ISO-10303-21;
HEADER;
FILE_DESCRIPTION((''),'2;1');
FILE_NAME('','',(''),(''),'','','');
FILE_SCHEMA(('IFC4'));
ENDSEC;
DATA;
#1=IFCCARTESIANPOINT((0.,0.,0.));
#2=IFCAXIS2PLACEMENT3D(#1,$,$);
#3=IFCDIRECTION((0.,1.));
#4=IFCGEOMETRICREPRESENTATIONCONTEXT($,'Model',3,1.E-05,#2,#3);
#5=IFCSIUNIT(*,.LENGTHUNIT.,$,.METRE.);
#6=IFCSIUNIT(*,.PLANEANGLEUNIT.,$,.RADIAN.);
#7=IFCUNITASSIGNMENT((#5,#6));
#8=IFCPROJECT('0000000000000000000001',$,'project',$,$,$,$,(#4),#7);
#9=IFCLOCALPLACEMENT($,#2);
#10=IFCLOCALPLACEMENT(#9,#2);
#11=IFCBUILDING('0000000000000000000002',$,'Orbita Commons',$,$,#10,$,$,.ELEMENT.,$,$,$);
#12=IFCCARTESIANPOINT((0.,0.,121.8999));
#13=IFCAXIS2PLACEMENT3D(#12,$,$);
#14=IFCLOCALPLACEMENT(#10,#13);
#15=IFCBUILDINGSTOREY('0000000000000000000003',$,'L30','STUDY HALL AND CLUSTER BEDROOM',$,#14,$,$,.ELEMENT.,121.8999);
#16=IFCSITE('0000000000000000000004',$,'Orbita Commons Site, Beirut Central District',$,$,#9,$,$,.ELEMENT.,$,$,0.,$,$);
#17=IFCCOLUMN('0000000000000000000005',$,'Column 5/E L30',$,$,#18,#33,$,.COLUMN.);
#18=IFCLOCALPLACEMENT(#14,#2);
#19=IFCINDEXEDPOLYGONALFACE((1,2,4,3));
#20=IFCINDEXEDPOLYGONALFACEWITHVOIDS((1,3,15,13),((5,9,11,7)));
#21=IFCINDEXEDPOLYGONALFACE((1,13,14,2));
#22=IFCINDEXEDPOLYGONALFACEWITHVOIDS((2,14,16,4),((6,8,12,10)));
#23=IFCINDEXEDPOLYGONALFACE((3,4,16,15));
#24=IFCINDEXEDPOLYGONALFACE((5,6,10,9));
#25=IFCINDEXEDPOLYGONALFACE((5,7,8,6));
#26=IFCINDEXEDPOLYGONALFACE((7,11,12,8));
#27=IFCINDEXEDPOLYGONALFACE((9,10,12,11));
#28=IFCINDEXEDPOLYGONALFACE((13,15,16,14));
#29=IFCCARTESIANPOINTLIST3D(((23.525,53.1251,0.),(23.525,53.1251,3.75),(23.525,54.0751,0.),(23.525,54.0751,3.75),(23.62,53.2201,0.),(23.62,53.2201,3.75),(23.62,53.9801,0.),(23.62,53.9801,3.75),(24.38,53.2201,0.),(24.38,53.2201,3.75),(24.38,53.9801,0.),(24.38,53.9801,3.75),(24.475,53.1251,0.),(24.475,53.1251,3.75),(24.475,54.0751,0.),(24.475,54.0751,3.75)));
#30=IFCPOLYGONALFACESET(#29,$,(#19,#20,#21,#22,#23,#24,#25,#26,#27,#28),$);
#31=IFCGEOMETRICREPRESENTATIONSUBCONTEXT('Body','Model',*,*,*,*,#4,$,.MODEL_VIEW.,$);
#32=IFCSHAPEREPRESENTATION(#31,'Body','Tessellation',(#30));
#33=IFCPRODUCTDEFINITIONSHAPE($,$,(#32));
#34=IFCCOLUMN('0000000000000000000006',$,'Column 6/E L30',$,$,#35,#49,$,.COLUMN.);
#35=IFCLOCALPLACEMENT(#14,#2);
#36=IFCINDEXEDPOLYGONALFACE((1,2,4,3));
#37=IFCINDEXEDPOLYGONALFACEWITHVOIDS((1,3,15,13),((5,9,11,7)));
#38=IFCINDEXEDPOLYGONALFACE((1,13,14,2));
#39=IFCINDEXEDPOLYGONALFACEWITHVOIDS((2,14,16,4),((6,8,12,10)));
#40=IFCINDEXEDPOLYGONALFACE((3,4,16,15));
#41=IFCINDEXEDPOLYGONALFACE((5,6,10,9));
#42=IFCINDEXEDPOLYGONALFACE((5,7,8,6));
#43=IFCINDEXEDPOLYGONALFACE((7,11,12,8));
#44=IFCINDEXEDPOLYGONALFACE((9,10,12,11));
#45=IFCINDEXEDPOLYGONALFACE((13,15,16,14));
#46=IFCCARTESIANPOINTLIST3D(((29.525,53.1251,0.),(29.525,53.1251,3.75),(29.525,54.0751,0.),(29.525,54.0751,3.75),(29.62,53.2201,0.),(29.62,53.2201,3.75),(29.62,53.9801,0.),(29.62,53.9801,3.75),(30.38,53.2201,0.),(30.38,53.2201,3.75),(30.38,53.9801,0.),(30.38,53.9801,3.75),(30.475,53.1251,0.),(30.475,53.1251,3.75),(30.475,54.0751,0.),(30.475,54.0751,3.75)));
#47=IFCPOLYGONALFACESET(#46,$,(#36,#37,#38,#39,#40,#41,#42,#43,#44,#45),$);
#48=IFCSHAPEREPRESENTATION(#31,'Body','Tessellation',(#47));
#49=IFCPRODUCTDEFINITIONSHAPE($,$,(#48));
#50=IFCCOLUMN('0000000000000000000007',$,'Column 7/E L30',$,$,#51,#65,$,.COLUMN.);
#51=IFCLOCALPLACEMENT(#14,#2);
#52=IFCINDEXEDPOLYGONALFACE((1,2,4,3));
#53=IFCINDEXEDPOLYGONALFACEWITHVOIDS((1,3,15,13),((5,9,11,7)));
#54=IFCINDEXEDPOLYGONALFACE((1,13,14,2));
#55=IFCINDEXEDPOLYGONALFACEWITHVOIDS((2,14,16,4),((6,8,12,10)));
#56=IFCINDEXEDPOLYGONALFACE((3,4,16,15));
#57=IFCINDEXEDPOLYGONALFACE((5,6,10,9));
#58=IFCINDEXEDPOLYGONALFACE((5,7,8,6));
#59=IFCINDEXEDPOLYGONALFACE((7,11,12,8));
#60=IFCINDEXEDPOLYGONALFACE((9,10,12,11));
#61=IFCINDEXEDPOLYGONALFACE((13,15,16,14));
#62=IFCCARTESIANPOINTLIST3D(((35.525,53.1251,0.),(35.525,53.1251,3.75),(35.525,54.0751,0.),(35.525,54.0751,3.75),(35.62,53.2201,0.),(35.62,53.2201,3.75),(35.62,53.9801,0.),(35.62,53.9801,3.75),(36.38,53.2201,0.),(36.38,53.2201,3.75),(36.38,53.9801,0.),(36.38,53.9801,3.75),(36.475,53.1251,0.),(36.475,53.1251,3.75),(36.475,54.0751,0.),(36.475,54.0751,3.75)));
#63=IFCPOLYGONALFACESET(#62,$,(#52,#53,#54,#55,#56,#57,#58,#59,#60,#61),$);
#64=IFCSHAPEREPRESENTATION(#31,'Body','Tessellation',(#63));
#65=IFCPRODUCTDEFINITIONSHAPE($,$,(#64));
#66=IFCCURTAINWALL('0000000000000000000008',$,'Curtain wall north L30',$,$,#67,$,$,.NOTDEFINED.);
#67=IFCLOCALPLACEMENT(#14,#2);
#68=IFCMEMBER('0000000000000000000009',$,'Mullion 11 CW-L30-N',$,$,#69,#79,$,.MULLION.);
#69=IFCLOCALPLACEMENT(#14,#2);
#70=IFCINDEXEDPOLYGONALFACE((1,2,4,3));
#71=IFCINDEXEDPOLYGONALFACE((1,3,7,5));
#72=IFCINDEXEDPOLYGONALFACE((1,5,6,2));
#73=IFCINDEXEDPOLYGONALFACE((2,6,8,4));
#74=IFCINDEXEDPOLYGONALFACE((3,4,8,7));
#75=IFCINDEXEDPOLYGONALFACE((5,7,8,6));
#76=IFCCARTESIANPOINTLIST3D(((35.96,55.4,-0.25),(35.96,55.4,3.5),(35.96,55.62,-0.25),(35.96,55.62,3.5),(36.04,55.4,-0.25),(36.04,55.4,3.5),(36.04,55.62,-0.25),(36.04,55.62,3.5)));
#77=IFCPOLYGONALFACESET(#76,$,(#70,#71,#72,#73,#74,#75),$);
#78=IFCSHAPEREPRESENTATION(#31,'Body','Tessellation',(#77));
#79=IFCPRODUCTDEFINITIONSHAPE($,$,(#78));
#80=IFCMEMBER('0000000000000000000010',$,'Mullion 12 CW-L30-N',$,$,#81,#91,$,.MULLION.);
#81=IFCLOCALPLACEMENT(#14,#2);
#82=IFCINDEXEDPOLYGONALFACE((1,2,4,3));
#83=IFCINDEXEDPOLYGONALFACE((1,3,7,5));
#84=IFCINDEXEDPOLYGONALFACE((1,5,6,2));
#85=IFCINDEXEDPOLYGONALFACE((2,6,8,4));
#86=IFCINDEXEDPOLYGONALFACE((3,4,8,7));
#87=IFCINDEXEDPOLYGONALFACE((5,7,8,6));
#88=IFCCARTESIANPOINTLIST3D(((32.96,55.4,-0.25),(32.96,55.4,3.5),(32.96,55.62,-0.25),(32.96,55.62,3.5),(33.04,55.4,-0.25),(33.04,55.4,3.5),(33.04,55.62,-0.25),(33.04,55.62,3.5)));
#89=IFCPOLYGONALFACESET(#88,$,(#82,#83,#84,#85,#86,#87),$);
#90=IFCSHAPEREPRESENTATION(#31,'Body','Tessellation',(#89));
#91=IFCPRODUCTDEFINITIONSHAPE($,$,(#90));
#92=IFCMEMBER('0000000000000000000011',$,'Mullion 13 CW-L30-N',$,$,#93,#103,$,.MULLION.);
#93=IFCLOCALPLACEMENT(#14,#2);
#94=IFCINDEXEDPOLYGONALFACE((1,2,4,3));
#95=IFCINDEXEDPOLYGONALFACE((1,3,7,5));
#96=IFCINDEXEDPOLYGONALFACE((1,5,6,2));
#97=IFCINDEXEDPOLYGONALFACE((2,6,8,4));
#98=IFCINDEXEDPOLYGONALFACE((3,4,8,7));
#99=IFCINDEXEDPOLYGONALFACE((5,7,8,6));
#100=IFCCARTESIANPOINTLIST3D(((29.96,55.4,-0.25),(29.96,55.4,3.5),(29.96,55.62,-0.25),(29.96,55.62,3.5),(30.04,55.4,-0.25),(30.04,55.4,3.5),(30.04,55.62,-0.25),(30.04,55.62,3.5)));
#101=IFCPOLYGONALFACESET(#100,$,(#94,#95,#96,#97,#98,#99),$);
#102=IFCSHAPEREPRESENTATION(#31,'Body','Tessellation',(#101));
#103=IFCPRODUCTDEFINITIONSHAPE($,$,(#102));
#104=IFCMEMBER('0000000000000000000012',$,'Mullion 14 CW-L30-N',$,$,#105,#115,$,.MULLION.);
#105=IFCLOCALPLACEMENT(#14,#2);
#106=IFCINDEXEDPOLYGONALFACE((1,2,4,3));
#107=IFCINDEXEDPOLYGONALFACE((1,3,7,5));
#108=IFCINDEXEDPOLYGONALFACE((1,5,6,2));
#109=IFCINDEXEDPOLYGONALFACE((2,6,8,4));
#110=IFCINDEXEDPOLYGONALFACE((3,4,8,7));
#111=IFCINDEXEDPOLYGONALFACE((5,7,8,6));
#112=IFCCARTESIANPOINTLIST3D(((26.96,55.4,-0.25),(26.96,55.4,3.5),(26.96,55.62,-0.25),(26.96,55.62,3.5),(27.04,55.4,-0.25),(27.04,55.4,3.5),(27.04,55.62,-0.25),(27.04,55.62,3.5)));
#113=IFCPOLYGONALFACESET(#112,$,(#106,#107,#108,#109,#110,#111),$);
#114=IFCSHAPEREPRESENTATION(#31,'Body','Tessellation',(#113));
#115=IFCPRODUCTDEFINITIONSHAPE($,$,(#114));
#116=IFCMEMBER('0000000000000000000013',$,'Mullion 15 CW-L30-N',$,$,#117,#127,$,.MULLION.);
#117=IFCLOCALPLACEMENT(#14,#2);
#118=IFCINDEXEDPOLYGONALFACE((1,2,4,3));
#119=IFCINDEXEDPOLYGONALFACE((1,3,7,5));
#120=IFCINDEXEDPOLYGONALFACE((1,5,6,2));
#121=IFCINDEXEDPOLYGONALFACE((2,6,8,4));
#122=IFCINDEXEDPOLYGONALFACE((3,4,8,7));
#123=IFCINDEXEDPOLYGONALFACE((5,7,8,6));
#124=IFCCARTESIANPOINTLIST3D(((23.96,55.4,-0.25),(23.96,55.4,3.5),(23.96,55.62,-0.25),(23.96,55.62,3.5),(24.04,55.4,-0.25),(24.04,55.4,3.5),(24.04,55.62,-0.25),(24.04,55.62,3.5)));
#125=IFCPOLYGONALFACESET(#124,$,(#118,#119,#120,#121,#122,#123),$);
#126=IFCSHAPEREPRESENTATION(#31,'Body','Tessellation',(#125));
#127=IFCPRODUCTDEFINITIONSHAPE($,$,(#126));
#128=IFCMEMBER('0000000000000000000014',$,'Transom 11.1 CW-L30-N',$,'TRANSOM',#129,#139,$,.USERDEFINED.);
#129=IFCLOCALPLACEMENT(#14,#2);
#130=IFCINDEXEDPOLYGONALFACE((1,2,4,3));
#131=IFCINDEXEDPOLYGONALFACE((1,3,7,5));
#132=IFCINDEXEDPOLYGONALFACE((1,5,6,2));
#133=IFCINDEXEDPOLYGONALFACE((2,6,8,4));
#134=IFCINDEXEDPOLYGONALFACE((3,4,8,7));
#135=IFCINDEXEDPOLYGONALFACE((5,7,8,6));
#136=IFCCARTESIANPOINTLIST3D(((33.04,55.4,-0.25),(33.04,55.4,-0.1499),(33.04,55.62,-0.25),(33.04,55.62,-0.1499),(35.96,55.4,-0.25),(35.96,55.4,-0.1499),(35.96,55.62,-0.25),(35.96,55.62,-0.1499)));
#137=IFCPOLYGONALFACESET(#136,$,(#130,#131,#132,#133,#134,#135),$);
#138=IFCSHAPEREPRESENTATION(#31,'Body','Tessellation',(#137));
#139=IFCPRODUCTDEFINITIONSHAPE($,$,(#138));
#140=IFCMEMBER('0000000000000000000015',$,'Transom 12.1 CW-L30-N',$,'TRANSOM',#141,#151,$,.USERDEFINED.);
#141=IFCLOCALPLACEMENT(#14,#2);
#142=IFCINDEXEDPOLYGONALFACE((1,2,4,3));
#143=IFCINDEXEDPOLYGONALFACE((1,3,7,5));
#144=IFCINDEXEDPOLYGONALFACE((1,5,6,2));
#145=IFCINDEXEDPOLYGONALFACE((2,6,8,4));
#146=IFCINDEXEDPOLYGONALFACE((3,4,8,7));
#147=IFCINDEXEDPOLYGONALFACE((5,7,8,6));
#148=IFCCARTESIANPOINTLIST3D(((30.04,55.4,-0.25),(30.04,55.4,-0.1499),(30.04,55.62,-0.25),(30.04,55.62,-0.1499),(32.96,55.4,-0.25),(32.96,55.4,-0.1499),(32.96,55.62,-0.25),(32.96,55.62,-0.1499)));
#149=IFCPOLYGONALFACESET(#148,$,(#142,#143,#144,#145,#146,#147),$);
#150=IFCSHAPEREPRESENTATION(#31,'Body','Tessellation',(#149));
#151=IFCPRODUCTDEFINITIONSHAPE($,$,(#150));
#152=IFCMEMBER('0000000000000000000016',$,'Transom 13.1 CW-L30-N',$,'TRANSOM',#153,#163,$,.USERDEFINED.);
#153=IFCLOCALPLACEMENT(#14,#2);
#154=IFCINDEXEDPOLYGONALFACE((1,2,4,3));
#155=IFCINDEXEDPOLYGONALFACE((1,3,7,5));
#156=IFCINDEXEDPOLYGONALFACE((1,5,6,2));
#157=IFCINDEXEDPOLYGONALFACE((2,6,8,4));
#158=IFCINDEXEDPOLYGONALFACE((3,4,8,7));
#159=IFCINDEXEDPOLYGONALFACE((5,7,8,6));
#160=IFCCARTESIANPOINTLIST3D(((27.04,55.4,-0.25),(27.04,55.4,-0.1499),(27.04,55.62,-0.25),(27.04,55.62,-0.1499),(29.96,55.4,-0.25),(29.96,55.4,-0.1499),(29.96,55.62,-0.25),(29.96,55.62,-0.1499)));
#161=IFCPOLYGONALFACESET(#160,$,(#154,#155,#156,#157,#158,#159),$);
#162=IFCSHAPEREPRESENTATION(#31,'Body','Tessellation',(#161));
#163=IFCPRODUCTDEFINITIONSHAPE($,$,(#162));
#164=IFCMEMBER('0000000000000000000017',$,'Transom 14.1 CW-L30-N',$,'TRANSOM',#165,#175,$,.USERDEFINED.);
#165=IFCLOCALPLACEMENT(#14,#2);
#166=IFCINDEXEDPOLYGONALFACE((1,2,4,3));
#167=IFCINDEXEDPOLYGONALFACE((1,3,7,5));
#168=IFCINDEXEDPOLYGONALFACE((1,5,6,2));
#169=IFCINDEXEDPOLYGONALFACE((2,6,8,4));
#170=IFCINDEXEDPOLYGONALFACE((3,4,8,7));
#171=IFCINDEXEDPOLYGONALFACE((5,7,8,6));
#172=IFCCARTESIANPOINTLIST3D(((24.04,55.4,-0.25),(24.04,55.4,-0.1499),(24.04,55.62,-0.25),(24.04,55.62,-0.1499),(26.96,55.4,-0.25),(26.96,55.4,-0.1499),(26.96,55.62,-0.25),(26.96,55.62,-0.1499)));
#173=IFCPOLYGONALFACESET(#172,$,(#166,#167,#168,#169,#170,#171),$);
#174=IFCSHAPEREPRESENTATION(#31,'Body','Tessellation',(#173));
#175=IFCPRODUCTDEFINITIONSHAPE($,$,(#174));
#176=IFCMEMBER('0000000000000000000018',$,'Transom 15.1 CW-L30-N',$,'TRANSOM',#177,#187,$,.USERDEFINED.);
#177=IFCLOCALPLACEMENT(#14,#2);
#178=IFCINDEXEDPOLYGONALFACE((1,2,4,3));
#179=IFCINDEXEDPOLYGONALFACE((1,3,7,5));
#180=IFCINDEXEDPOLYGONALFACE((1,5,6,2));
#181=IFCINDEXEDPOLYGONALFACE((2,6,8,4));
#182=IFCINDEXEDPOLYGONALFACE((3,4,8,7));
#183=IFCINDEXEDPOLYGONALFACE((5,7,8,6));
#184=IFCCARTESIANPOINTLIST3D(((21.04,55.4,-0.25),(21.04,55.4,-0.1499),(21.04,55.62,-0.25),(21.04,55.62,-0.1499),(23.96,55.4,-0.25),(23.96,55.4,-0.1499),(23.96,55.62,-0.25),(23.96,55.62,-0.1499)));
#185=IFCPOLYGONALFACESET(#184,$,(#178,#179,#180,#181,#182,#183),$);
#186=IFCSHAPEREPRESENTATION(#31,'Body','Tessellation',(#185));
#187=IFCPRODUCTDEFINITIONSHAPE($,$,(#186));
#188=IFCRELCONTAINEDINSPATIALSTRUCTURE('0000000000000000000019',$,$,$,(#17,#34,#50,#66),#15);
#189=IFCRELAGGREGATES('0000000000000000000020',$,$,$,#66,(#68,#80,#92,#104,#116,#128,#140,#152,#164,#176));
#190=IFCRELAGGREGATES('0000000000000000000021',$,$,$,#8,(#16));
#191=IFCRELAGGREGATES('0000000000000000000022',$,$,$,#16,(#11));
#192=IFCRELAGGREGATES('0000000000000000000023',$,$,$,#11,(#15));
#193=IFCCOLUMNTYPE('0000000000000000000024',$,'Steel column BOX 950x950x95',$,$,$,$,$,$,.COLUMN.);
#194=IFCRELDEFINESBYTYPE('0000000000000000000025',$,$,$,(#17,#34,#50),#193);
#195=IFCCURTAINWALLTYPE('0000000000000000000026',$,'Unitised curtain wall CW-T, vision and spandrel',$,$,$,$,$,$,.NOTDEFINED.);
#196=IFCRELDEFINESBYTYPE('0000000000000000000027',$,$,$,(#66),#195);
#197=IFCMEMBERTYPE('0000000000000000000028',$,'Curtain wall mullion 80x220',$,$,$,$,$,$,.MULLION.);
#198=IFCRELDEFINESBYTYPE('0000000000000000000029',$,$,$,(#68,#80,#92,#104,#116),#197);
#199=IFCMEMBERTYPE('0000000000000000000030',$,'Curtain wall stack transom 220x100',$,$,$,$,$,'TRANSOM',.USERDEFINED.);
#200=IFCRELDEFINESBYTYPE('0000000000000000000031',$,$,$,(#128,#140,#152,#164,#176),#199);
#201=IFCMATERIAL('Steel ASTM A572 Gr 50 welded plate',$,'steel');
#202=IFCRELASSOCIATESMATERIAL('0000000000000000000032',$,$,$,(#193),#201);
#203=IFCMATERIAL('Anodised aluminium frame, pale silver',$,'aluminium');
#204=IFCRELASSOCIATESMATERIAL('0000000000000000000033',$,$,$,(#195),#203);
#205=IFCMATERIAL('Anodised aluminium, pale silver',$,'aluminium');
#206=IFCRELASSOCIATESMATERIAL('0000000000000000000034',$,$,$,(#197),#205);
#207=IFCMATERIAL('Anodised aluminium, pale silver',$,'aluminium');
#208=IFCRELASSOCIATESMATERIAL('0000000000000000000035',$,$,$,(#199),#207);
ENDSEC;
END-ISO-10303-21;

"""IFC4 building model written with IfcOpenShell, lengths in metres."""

from ifc_helpers import new_model, si_unit, direction, frame, origin, origin_2d, place, context, subcontext, project, spatial, rectangle, hollow_rectangle, extrude, material, material_profile, profile_set, type_object, element, aggregate, save


model = new_model("IFC4")

# Units and contexts
model_context = context("Model", 3, precision=1e-05, world=origin(), true_north=direction((0.0, 1.0)))
body_context = subcontext(model_context, "Body", "Model", "MODEL_VIEW")
ifc_project = project(units=[si_unit("LENGTHUNIT", "METRE"), si_unit("PLANEANGLEUNIT", "RADIAN")], contexts=[model_context])

# Site, building, storey
site_placement = place(None, origin())
site = spatial("IfcSite", under=ifc_project, at=site_placement, Name="Orbita Commons Site, Beirut Central District", CompositionType="ELEMENT", RefElevation=0.0)
building_placement = place(site_placement, origin())
building = spatial("IfcBuilding", under=site, at=building_placement, Name="Orbita Commons", CompositionType="ELEMENT")
storey_placement = place(building_placement, frame((0.0, 0.0, 121.8999)))
storey = spatial("IfcBuildingStorey", under=building, at=storey_placement, Name="L30", Description="STUDY HALL AND CLUSTER BEDROOM", CompositionType="ELEMENT", Elevation=121.8999)

# Columns
ifc_material_1 = material(Name="Steel ASTM A572 Gr 50 welded plate", Category="steel")
ifc_material_profile_1 = material_profile(ifc_material_1, hollow_rectangle(XDim=0.95, YDim=0.95, WallThickness=0.095, at=origin_2d()), Name="BOX 950x950x95")
ifc_profile_set_1 = profile_set([ifc_material_profile_1], Name="Steel ASTM A572 Gr 50 welded plate")
column_type = type_object("IfcColumnType", Name="Steel column BOX 950x950x95", PredefinedType="COLUMN", material=ifc_profile_set_1)
for number, where, z_axis, x_axis, name in (
    (1, (24.0, 53.6001, 0.0), (0.0, 0.0, 1.0), (1.0, 0.0, 0.0), "Column 5/E L30"),
    (2, (30.0, 53.6001, 0.0), (0.0, 0.0, 1.0), (1.0, 0.0, 0.0), "Column 6/E L30"),
    (3, (36.0, 53.6001, 0.0), (0.0, 0.0, 1.0), (1.0, 0.0, 0.0), "Column 7/E L30"),
):
    element("IfcColumn", number, at=place(storey_placement, frame(where, z_axis=z_axis, x_axis=x_axis)), inside=storey, type_object=column_type, Name=name, PredefinedType="COLUMN", context=body_context, shape_type="SweptSolid", body=[
        extrude(hollow_rectangle(XDim=0.95, YDim=0.95, WallThickness=0.095, at=origin_2d()), origin(), (0.0, 0.0, 1.0), 3.75),
    ])

# Curtain wall, members
ifc_material_2 = material(Name="Anodised aluminium frame, pale silver", Category="aluminium")
curtain_wall_type = type_object("IfcCurtainWallType", Name="Unitised curtain wall CW-T, vision and spandrel", PredefinedType="NOTDEFINED", material=ifc_material_2)
curtain_wall_placement = place(storey_placement, origin())
curtain_wall = element("IfcCurtainWall", 4, at=curtain_wall_placement, inside=storey, type_object=curtain_wall_type, Name="Curtain wall north L30", PredefinedType="NOTDEFINED")
ifc_material_3 = material(Name="Anodised aluminium, pale silver", Category="aluminium")
ifc_material_profile_2 = material_profile(ifc_material_3, rectangle(XDim=0.0801, YDim=0.22, at=origin_2d()), Name="AL 80x220")
ifc_profile_set_2 = profile_set([ifc_material_profile_2], Name="Anodised aluminium, pale silver")
member_type_1 = type_object("IfcMemberType", Name="Curtain wall mullion 80x220", PredefinedType="MULLION", material=ifc_profile_set_2)
member_1_placement = place(storey_placement, frame((36.0, 55.51, -0.25), z_axis=(0.0, 0.0, 1.0), x_axis=(-1.0, 0.0, 0.0)))
member_1 = element("IfcMember", 5, at=member_1_placement, type_object=member_type_1, Name="Mullion 11 CW-L30-N", PredefinedType="MULLION", context=body_context, shape_type="SweptSolid", body=[
    extrude(rectangle(XDim=0.0801, YDim=0.22, at=origin_2d()), origin(), (0.0, 0.0, 1.0), 3.75),
])
member_2_placement = place(storey_placement, frame((33.0, 55.51, -0.25), z_axis=(0.0, 0.0, 1.0), x_axis=(-1.0, 0.0, 0.0)))
member_2 = element("IfcMember", 6, at=member_2_placement, type_object=member_type_1, Name="Mullion 12 CW-L30-N", PredefinedType="MULLION", context=body_context, shape_type="SweptSolid", body=[
    extrude(rectangle(XDim=0.0801, YDim=0.22, at=origin_2d()), origin(), (0.0, 0.0, 1.0), 3.75),
])
member_3_placement = place(storey_placement, frame((30.0, 55.51, -0.25), z_axis=(0.0, 0.0, 1.0), x_axis=(-1.0, 0.0, 0.0)))
member_3 = element("IfcMember", 7, at=member_3_placement, type_object=member_type_1, Name="Mullion 13 CW-L30-N", PredefinedType="MULLION", context=body_context, shape_type="SweptSolid", body=[
    extrude(rectangle(XDim=0.0801, YDim=0.22, at=origin_2d()), origin(), (0.0, 0.0, 1.0), 3.75),
])
member_4_placement = place(storey_placement, frame((27.0, 55.51, -0.25), z_axis=(0.0, 0.0, 1.0), x_axis=(-1.0, 0.0, 0.0)))
member_4 = element("IfcMember", 8, at=member_4_placement, type_object=member_type_1, Name="Mullion 14 CW-L30-N", PredefinedType="MULLION", context=body_context, shape_type="SweptSolid", body=[
    extrude(rectangle(XDim=0.0801, YDim=0.22, at=origin_2d()), origin(), (0.0, 0.0, 1.0), 3.75),
])
member_5_placement = place(storey_placement, frame((24.0, 55.51, -0.25), z_axis=(0.0, 0.0, 1.0), x_axis=(-1.0, 0.0, 0.0)))
member_5 = element("IfcMember", 9, at=member_5_placement, type_object=member_type_1, Name="Mullion 15 CW-L30-N", PredefinedType="MULLION", context=body_context, shape_type="SweptSolid", body=[
    extrude(rectangle(XDim=0.0801, YDim=0.22, at=origin_2d()), origin(), (0.0, 0.0, 1.0), 3.75),
])
ifc_material_4 = material(Name="Anodised aluminium, pale silver", Category="aluminium")
ifc_material_profile_3 = material_profile(ifc_material_4, rectangle(XDim=0.22, YDim=0.1001, at=origin_2d()), Name="AL 220x100")
ifc_profile_set_3 = profile_set([ifc_material_profile_3], Name="Anodised aluminium, pale silver")
member_type_2 = type_object("IfcMemberType", Name="Curtain wall stack transom 220x100", ElementType="TRANSOM", PredefinedType="USERDEFINED", material=ifc_profile_set_3)
member_6_placement = place(storey_placement, frame((35.96, 55.51, -0.2), z_axis=(-1.0, 0.0, 0.0), x_axis=(0.0, -1.0, 0.0)))
member_6 = element("IfcMember", 10, at=member_6_placement, type_object=member_type_2, Name="Transom 11.1 CW-L30-N", ObjectType="TRANSOM", PredefinedType="USERDEFINED", context=body_context, shape_type="SweptSolid", body=[
    extrude(rectangle(XDim=0.22, YDim=0.1001, at=origin_2d()), origin(), (0.0, 0.0, 1.0), 2.9199),
])
member_7_placement = place(storey_placement, frame((32.96, 55.51, -0.2), z_axis=(-1.0, 0.0, 0.0), x_axis=(0.0, -1.0, 0.0)))
member_7 = element("IfcMember", 11, at=member_7_placement, type_object=member_type_2, Name="Transom 12.1 CW-L30-N", ObjectType="TRANSOM", PredefinedType="USERDEFINED", context=body_context, shape_type="SweptSolid", body=[
    extrude(rectangle(XDim=0.22, YDim=0.1001, at=origin_2d()), origin(), (0.0, 0.0, 1.0), 2.9199),
])
member_8_placement = place(storey_placement, frame((29.96, 55.51, -0.2), z_axis=(-1.0, 0.0, 0.0), x_axis=(0.0, -1.0, 0.0)))
member_8 = element("IfcMember", 12, at=member_8_placement, type_object=member_type_2, Name="Transom 13.1 CW-L30-N", ObjectType="TRANSOM", PredefinedType="USERDEFINED", context=body_context, shape_type="SweptSolid", body=[
    extrude(rectangle(XDim=0.22, YDim=0.1001, at=origin_2d()), origin(), (0.0, 0.0, 1.0), 2.9199),
])
member_9_placement = place(storey_placement, frame((26.96, 55.51, -0.2), z_axis=(-1.0, 0.0, 0.0), x_axis=(0.0, -1.0, 0.0)))
member_9 = element("IfcMember", 13, at=member_9_placement, type_object=member_type_2, Name="Transom 14.1 CW-L30-N", ObjectType="TRANSOM", PredefinedType="USERDEFINED", context=body_context, shape_type="SweptSolid", body=[
    extrude(rectangle(XDim=0.22, YDim=0.1001, at=origin_2d()), origin(), (0.0, 0.0, 1.0), 2.9199),
])
member_10_placement = place(storey_placement, frame((23.96, 55.51, -0.2), z_axis=(-1.0, 0.0, 0.0), x_axis=(0.0, -1.0, 0.0)))
member_10 = element("IfcMember", 14, at=member_10_placement, type_object=member_type_2, Name="Transom 15.1 CW-L30-N", ObjectType="TRANSOM", PredefinedType="USERDEFINED", context=body_context, shape_type="SweptSolid", body=[
    extrude(rectangle(XDim=0.22, YDim=0.1001, at=origin_2d()), origin(), (0.0, 0.0, 1.0), 2.9199),
])

aggregate(curtain_wall, [member_1, member_2, member_3, member_4, member_5, member_6, member_7, member_8, member_9, member_10])

save(model, "model.ifc")
